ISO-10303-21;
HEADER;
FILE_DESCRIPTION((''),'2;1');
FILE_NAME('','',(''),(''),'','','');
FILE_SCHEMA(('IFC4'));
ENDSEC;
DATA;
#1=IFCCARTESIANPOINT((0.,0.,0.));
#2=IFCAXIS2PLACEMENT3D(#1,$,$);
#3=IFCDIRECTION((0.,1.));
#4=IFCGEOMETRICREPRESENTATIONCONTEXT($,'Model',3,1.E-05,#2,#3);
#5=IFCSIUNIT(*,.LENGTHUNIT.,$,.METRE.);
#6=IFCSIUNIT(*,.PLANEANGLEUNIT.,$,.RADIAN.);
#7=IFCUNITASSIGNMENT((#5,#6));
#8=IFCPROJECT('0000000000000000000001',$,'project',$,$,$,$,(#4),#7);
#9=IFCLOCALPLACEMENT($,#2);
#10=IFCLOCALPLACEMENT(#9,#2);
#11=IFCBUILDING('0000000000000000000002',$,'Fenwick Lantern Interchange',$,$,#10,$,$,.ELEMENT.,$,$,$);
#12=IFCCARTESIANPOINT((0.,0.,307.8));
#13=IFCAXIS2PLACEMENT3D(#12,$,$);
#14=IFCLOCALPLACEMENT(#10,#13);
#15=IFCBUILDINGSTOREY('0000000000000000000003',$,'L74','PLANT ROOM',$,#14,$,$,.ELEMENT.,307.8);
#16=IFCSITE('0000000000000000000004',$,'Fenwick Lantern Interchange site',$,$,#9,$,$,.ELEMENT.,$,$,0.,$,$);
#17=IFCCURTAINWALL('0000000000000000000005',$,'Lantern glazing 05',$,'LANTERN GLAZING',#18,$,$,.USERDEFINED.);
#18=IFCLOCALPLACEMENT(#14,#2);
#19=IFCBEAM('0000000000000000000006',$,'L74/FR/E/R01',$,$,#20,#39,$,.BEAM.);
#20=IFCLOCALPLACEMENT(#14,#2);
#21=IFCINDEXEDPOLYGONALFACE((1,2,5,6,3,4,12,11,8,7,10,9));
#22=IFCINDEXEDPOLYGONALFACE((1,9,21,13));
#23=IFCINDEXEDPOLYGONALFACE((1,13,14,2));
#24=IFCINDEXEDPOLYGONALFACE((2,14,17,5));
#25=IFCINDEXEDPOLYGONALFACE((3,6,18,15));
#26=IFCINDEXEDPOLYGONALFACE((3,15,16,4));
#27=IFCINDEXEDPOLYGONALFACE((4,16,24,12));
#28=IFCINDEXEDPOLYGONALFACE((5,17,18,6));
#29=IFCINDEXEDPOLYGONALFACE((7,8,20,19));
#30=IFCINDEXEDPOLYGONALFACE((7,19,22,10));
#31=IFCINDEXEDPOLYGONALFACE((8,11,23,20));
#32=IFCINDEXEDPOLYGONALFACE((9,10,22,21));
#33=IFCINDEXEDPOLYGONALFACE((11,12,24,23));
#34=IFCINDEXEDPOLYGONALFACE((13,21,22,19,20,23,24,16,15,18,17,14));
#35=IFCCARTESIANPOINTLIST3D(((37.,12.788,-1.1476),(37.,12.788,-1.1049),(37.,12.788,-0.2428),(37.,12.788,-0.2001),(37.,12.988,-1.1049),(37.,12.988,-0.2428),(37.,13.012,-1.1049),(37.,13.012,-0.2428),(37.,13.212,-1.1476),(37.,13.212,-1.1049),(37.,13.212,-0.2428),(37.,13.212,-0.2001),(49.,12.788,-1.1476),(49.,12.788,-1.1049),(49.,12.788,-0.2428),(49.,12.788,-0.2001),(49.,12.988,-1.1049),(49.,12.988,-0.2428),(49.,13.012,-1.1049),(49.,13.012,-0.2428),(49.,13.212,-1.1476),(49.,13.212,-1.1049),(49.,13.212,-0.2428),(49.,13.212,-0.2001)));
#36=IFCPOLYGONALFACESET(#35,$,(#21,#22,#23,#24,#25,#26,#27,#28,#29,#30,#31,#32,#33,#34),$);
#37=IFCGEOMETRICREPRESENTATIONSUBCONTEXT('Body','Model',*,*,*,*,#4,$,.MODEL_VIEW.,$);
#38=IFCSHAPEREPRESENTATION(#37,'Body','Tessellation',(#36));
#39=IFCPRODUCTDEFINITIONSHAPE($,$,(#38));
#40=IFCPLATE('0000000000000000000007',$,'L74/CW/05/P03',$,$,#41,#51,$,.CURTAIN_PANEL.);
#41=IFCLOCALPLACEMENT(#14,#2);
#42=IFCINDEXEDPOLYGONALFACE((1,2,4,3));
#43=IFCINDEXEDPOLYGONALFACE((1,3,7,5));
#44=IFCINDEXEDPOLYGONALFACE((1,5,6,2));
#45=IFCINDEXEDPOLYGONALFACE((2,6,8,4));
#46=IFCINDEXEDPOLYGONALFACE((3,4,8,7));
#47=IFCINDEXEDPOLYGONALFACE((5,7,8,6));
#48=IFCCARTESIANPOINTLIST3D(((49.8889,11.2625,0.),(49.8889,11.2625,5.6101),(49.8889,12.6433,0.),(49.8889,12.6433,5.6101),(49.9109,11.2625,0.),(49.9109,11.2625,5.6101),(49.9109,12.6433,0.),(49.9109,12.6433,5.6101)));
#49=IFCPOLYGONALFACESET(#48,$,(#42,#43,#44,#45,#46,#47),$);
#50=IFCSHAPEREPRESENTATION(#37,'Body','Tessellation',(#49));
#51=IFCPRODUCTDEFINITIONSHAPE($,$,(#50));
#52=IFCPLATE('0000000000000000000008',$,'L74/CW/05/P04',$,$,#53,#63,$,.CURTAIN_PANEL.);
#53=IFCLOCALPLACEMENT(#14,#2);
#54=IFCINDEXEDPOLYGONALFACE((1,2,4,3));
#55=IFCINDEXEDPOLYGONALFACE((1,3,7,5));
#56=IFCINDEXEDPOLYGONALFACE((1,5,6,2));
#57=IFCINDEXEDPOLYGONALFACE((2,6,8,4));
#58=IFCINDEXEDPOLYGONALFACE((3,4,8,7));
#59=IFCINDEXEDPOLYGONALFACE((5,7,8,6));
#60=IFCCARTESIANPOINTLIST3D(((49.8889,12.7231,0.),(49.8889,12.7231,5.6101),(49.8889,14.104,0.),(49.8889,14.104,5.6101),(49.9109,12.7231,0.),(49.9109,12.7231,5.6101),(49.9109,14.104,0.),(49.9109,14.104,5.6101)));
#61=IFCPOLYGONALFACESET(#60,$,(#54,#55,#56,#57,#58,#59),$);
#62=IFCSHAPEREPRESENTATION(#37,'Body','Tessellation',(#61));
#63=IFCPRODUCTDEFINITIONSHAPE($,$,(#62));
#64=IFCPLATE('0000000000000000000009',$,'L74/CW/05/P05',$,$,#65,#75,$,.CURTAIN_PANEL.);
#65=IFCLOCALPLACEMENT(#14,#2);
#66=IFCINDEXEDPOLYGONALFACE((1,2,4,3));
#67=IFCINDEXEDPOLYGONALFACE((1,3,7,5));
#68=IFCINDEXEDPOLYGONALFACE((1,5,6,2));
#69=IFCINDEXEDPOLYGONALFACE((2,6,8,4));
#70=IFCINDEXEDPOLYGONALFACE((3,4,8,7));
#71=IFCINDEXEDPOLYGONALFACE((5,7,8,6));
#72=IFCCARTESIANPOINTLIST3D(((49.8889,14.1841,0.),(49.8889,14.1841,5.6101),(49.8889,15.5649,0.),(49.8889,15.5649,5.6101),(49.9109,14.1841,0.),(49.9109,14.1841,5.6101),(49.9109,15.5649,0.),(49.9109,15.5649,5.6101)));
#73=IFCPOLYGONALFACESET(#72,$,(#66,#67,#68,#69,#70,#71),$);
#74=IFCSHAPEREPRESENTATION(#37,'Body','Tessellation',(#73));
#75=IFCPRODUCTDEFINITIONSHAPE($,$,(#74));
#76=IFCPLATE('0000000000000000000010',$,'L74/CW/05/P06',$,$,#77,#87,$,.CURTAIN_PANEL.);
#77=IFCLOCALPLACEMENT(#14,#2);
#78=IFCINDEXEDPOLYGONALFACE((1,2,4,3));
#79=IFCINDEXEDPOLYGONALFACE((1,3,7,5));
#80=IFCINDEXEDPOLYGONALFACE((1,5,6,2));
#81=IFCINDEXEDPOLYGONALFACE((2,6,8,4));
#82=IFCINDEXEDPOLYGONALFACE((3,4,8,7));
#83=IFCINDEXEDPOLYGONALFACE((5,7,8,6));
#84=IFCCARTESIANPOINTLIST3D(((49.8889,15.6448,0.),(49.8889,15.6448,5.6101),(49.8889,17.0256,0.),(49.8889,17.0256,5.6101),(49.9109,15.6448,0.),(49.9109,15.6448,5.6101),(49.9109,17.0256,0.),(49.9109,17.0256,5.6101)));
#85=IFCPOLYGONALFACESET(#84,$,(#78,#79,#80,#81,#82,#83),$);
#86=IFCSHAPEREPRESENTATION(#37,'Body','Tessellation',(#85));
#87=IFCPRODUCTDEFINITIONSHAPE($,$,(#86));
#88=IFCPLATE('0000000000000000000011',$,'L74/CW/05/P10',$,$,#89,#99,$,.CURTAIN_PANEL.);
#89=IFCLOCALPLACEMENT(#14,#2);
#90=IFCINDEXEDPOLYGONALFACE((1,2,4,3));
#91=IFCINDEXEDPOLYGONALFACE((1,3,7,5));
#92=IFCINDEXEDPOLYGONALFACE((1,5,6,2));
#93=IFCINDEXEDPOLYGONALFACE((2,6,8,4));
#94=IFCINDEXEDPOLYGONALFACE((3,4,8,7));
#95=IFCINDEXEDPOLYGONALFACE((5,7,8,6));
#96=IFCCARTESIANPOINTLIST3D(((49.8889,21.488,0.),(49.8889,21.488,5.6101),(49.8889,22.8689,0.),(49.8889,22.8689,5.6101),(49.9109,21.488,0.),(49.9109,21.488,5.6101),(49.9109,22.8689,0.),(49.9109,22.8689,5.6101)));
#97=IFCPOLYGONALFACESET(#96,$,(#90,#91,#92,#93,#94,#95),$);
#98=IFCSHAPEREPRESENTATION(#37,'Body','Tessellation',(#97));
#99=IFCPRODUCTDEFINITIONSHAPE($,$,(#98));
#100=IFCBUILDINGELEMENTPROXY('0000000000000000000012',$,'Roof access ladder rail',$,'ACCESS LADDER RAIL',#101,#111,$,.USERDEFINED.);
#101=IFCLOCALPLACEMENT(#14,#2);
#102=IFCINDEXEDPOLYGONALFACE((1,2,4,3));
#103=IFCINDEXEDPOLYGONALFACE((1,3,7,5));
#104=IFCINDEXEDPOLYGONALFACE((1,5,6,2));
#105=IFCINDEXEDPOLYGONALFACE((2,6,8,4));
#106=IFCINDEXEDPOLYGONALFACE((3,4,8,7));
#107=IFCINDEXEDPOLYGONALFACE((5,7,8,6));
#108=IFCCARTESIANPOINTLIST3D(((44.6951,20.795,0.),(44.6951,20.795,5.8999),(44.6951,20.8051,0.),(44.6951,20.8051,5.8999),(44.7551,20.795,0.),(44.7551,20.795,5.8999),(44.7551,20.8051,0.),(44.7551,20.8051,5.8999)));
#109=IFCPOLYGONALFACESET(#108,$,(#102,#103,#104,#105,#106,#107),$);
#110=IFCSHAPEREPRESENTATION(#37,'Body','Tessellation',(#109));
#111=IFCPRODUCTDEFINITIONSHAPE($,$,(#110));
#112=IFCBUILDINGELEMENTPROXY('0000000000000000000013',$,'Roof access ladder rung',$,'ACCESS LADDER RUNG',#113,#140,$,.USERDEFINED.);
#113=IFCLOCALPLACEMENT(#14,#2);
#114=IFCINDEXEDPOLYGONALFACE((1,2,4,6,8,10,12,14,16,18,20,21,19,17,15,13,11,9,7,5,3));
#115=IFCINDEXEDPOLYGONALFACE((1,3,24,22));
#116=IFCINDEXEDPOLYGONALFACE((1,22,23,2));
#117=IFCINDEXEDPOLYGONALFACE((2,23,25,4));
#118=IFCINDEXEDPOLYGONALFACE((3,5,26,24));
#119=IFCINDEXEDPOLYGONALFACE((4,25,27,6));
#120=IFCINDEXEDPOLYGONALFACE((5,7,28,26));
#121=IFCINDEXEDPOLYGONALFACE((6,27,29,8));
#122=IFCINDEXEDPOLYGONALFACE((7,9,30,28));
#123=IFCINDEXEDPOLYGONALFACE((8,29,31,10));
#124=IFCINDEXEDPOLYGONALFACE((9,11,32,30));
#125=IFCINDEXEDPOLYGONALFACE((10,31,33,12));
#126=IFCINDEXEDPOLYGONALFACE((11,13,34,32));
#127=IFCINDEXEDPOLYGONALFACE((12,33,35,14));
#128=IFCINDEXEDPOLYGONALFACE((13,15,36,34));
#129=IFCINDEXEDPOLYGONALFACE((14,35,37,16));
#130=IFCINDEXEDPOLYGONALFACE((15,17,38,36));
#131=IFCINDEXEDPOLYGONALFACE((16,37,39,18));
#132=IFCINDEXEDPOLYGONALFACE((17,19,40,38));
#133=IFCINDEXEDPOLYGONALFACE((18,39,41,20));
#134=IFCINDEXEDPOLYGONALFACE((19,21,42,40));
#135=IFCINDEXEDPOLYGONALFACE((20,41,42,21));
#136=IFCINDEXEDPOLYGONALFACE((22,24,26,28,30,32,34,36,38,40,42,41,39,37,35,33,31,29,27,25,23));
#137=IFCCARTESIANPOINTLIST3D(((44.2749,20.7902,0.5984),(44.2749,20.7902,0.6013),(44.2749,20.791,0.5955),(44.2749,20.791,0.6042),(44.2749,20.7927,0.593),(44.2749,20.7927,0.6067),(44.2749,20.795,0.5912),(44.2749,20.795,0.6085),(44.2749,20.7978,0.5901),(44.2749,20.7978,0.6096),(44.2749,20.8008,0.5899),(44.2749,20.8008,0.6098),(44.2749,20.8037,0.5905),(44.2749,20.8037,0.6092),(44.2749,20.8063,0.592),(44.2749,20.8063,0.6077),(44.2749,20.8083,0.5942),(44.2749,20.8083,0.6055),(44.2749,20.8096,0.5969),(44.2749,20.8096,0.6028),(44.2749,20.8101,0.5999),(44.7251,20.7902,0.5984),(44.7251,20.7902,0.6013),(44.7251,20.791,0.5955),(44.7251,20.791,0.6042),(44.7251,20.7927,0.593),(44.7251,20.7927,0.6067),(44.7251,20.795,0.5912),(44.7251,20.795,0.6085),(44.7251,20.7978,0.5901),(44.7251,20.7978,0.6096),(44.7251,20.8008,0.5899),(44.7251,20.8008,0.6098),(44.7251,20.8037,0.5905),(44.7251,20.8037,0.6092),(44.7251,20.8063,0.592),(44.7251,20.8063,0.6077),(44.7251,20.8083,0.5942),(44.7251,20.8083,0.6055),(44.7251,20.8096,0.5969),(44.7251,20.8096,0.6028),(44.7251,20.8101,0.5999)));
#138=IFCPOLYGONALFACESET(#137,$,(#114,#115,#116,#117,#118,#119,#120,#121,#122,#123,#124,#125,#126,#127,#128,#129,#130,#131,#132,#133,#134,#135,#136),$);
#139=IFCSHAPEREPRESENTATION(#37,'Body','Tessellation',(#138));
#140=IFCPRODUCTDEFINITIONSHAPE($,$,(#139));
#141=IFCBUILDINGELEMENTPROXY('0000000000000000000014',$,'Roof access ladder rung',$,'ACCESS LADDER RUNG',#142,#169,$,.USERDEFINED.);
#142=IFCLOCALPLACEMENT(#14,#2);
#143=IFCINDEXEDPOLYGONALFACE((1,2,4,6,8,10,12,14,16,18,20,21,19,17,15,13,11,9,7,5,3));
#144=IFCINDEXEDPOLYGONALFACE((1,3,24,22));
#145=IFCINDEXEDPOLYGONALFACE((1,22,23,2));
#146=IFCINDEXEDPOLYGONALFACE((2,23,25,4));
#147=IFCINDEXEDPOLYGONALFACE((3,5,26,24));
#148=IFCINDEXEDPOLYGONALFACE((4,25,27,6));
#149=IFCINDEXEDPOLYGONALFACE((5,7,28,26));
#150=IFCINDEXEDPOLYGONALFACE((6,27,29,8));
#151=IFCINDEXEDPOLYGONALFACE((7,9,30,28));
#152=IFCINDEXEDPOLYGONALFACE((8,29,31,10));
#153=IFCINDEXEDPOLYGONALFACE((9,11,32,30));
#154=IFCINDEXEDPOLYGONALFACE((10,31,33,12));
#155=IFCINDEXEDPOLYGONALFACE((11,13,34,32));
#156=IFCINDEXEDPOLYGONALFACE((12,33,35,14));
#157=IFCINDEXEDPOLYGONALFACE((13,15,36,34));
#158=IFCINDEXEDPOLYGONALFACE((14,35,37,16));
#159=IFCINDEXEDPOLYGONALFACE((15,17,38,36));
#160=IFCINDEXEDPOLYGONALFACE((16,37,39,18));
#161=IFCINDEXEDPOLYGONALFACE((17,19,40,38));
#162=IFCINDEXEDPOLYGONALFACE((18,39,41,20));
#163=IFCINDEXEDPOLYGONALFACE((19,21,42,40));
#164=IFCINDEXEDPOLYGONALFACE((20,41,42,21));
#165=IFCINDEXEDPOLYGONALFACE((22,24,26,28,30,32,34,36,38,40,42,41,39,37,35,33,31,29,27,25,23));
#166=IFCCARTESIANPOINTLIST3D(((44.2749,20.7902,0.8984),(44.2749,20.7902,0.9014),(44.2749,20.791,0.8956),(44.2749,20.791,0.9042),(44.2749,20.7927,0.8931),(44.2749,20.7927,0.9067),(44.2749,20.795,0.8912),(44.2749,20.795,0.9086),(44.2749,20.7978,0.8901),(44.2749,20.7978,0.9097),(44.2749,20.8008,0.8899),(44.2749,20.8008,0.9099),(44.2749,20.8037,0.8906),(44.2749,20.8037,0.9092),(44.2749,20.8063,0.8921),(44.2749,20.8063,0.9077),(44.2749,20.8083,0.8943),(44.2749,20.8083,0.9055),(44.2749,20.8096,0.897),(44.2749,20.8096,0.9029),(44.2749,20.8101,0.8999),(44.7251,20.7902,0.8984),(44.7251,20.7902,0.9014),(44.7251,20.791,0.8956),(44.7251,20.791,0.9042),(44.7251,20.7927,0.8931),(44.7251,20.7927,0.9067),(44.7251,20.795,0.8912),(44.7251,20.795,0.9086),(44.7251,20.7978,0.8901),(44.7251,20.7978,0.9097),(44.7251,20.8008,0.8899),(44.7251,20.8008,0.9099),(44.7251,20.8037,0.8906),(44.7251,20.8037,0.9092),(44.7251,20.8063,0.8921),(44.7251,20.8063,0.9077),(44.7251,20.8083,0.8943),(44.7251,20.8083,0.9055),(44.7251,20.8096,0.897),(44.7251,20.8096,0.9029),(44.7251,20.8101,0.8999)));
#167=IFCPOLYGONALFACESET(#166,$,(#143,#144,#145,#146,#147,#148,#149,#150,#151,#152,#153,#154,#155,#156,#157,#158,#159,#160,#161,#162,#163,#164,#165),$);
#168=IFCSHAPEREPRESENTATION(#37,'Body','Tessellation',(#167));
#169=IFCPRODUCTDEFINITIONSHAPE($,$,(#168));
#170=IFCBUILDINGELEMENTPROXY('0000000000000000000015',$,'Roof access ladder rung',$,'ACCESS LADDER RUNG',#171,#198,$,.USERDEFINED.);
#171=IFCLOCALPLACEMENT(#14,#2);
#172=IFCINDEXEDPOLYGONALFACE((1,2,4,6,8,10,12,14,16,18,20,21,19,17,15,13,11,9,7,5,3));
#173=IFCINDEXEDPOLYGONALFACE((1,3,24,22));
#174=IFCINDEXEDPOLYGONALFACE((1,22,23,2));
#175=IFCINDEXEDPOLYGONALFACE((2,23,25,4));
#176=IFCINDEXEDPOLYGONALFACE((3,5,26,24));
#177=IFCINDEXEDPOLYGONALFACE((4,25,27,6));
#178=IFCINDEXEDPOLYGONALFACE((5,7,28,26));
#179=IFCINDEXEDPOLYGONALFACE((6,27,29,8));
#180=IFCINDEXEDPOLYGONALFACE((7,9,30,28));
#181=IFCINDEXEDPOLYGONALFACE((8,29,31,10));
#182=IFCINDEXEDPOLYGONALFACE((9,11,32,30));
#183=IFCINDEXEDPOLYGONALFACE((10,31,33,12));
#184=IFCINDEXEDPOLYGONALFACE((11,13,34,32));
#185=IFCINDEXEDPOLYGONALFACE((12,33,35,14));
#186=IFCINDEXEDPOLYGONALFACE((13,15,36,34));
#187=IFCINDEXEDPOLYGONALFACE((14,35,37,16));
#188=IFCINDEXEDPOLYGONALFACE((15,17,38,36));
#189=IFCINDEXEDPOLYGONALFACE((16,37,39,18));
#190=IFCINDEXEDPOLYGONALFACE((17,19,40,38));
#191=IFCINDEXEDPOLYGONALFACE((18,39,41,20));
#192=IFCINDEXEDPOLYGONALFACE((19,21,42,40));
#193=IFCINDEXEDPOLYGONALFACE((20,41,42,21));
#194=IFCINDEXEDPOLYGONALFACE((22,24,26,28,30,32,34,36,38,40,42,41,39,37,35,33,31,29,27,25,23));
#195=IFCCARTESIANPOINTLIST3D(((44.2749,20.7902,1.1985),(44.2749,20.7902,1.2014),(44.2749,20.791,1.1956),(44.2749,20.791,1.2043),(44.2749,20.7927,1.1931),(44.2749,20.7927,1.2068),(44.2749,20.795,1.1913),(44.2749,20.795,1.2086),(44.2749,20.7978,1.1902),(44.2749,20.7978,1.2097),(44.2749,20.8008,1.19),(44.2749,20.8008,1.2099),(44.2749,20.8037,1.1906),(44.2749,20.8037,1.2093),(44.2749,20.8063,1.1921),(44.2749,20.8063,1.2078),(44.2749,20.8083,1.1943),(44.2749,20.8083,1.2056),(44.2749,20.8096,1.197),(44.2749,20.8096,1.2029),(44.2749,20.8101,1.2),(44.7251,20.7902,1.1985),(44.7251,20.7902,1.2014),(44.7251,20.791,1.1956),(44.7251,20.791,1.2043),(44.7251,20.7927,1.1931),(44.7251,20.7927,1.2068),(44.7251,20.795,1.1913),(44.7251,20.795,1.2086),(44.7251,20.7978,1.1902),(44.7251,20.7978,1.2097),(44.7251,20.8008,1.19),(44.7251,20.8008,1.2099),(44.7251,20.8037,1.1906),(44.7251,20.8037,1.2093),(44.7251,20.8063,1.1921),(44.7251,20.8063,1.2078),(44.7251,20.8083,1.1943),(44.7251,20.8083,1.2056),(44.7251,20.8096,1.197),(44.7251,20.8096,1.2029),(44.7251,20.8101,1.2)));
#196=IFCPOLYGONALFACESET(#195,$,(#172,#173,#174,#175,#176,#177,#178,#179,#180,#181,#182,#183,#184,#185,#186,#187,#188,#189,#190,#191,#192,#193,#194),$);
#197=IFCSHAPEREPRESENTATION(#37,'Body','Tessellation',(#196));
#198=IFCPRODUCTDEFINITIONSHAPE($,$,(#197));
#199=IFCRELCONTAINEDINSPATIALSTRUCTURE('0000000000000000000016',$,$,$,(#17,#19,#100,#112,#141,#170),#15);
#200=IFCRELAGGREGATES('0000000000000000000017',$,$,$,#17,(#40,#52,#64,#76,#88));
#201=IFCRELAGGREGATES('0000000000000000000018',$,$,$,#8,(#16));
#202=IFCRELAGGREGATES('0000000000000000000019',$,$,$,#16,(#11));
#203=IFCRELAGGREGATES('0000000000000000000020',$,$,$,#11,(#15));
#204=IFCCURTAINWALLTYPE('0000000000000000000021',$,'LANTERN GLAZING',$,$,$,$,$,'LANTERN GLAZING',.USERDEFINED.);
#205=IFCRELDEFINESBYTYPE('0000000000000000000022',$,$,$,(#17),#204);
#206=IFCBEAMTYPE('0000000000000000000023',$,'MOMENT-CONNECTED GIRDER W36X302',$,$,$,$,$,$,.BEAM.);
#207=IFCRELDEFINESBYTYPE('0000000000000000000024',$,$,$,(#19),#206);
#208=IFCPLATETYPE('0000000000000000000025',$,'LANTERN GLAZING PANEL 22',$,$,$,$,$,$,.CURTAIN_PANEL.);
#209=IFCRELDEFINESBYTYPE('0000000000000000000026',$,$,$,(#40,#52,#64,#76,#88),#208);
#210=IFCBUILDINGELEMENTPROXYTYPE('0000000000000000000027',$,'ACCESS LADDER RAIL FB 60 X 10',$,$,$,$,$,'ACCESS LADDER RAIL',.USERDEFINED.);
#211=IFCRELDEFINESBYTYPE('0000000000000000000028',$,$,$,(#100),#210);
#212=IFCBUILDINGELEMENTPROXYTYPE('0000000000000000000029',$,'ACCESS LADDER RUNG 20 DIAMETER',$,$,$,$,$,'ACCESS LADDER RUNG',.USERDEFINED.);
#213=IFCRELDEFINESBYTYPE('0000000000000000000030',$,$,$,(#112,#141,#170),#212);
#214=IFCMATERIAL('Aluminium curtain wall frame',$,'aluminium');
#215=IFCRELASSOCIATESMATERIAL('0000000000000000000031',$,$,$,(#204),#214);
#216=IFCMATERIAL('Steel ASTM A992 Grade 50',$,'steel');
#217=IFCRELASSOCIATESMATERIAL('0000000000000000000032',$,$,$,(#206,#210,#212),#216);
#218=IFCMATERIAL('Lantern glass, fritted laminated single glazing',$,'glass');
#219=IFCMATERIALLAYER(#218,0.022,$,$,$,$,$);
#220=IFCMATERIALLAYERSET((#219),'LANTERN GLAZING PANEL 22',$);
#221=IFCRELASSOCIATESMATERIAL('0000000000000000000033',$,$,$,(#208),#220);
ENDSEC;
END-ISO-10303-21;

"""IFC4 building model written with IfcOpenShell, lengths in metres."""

from ifc_helpers import new_model, si_unit, direction, frame, origin, origin_2d, place, context, subcontext, project, spatial, rectangle, circle, i_section, extrude, material, layer, layer_set, material_profile, profile_set, type_object, element, aggregate, save


model = new_model("IFC4")

# Units and contexts
model_context = context("Model", 3, precision=1e-05, world=origin(), true_north=direction((0.0, 1.0)))
body_context = subcontext(model_context, "Body", "Model", "MODEL_VIEW")
ifc_project = project(units=[si_unit("LENGTHUNIT", "METRE"), si_unit("PLANEANGLEUNIT", "RADIAN")], contexts=[model_context])

# Site, building, storey
site_placement = place(None, origin())
site = spatial("IfcSite", under=ifc_project, at=site_placement, Name="Fenwick Lantern Interchange site", CompositionType="ELEMENT", RefElevation=0.0)
building_placement = place(site_placement, origin())
building = spatial("IfcBuilding", under=site, at=building_placement, Name="Fenwick Lantern Interchange", CompositionType="ELEMENT")
storey_placement = place(building_placement, frame((0.0, 0.0, 307.8)))
storey = spatial("IfcBuildingStorey", under=building, at=storey_placement, Name="L74", Description="PLANT ROOM", CompositionType="ELEMENT", Elevation=307.8)

# Shared definitions
ifc_material_1 = material(Name="Steel ASTM A992 Grade 50", Category="steel")

# Curtain wall
ifc_material_2 = material(Name="Aluminium curtain wall frame", Category="aluminium")
curtain_wall_type = type_object("IfcCurtainWallType", Name="LANTERN GLAZING", ElementType="LANTERN GLAZING", PredefinedType="USERDEFINED", material=ifc_material_2)
curtain_wall_placement = place(storey_placement, origin())
curtain_wall = element("IfcCurtainWall", 1, at=curtain_wall_placement, inside=storey, type_object=curtain_wall_type, Name="Lantern glazing 05", ObjectType="LANTERN GLAZING", PredefinedType="USERDEFINED")

# Beam
ifc_material_profile_1 = material_profile(ifc_material_1, i_section(OverallWidth=0.4241, OverallDepth=0.9475, WebThickness=0.0239, FlangeThickness=0.0427, at=origin_2d()), Name="W36X302")
ifc_profile_set_1 = profile_set([ifc_material_profile_1], Name="Steel ASTM A992 Grade 50")
beam_type_1 = type_object("IfcBeamType", Name="MOMENT-CONNECTED GIRDER W36X302", PredefinedType="BEAM", material=ifc_profile_set_1)
beam_1_placement = place(storey_placement, frame((49.0, 13.0, -0.6738), z_axis=(-1.0, 0.0, 0.0), x_axis=(0.0, -1.0, 0.0)))
element("IfcBeam", 2, at=beam_1_placement, inside=storey, type_object=beam_type_1, Name="L74/FR/E/R01", PredefinedType="BEAM", context=body_context, shape_type="SweptSolid", body=[
    extrude(i_section(OverallWidth=0.4241, OverallDepth=0.9475, WebThickness=0.0239, FlangeThickness=0.0427, at=origin_2d()), origin(), (0.0, 0.0, 1.0), 12.0),
])

# Plates
ifc_material_3 = material(Name="Lantern glass, fritted laminated single glazing", Category="glass")
ifc_layer = layer(ifc_material_3, 0.022)
ifc_layer_set = layer_set([ifc_layer], Name="LANTERN GLAZING PANEL 22")
plate_type = type_object("IfcPlateType", Name="LANTERN GLAZING PANEL 22", PredefinedType="CURTAIN_PANEL", material=ifc_layer_set)
plate_1_placement = place(storey_placement, frame((49.8999, 11.9529, 0.0), z_axis=(0.0, 0.0, 1.0), x_axis=(0.0, 1.0, 0.0)))
plate_1 = element("IfcPlate", 3, at=plate_1_placement, type_object=plate_type, Name="L74/CW/05/P03", PredefinedType="CURTAIN_PANEL", context=body_context, shape_type="SweptSolid", body=[
    extrude(rectangle(XDim=1.3809, YDim=0.022, at=origin_2d()), origin(), (0.0, 0.0, 1.0), 5.6101),
])
plate_2_placement = place(storey_placement, frame((49.8999, 13.4136, 0.0), z_axis=(0.0, 0.0, 1.0), x_axis=(0.0, 1.0, 0.0)))
plate_2 = element("IfcPlate", 4, at=plate_2_placement, type_object=plate_type, Name="L74/CW/05/P04", PredefinedType="CURTAIN_PANEL", context=body_context, shape_type="SweptSolid", body=[
    extrude(rectangle(XDim=1.3809, YDim=0.022, at=origin_2d()), origin(), (0.0, 0.0, 1.0), 5.6101),
])
plate_3_placement = place(storey_placement, frame((49.8999, 14.8745, 0.0), z_axis=(0.0, 0.0, 1.0), x_axis=(0.0, 1.0, 0.0)))
plate_3 = element("IfcPlate", 5, at=plate_3_placement, type_object=plate_type, Name="L74/CW/05/P05", PredefinedType="CURTAIN_PANEL", context=body_context, shape_type="SweptSolid", body=[
    extrude(rectangle(XDim=1.3809, YDim=0.022, at=origin_2d()), origin(), (0.0, 0.0, 1.0), 5.6101),
])
plate_4_placement = place(storey_placement, frame((49.8999, 16.3352, 0.0), z_axis=(0.0, 0.0, 1.0), x_axis=(0.0, 1.0, 0.0)))
plate_4 = element("IfcPlate", 6, at=plate_4_placement, type_object=plate_type, Name="L74/CW/05/P06", PredefinedType="CURTAIN_PANEL", context=body_context, shape_type="SweptSolid", body=[
    extrude(rectangle(XDim=1.3809, YDim=0.022, at=origin_2d()), origin(), (0.0, 0.0, 1.0), 5.6101),
])
plate_5_placement = place(storey_placement, frame((49.8999, 22.1785, 0.0), z_axis=(0.0, 0.0, 1.0), x_axis=(0.0, 1.0, 0.0)))
plate_5 = element("IfcPlate", 7, at=plate_5_placement, type_object=plate_type, Name="L74/CW/05/P10", PredefinedType="CURTAIN_PANEL", context=body_context, shape_type="SweptSolid", body=[
    extrude(rectangle(XDim=1.3809, YDim=0.022, at=origin_2d()), origin(), (0.0, 0.0, 1.0), 5.6101),
])
aggregate(curtain_wall, [plate_1, plate_2, plate_3, plate_4, plate_5])

# Building element proxies
ifc_material_profile_2 = material_profile(ifc_material_1, rectangle(XDim=0.0601, YDim=0.01, at=origin_2d()), Name="FB60X10")
ifc_profile_set_2 = profile_set([ifc_material_profile_2], Name="Steel ASTM A992 Grade 50")
building_element_proxy_type_1 = type_object("IfcBuildingElementProxyType", Name="ACCESS LADDER RAIL FB 60 X 10", ElementType="ACCESS LADDER RAIL", PredefinedType="USERDEFINED", material=ifc_profile_set_2)
proxy_placement = place(storey_placement, frame((44.7251, 20.8, 0.0), z_axis=(0.0, 0.0, 1.0), x_axis=(1.0, 0.0, 0.0)))
element("IfcBuildingElementProxy", 8, at=proxy_placement, inside=storey, type_object=building_element_proxy_type_1, Name="Roof access ladder rail", ObjectType="ACCESS LADDER RAIL", PredefinedType="USERDEFINED", context=body_context, shape_type="SweptSolid", body=[
    extrude(rectangle(XDim=0.0601, YDim=0.01, at=origin_2d()), origin(), (0.0, 0.0, 1.0), 5.8999),
])
ifc_material_profile_3 = material_profile(ifc_material_1, circle(Radius=0.01, at=origin_2d()), Name="RB20")
ifc_profile_set_3 = profile_set([ifc_material_profile_3], Name="Steel ASTM A992 Grade 50")
building_element_proxy_type_2 = type_object("IfcBuildingElementProxyType", Name="ACCESS LADDER RUNG 20 DIAMETER", ElementType="ACCESS LADDER RUNG", PredefinedType="USERDEFINED", material=ifc_profile_set_3)
for number, where, z_axis, x_axis, name in (
    (9, (44.2749, 20.8, 0.5999), (1.0, 0.0, 0.0), (0.0, 1.0, 0.0), "Roof access ladder rung"),
    (10, (44.2749, 20.8, 0.8999), (1.0, 0.0, 0.0), (0.0, 1.0, 0.0), "Roof access ladder rung"),
    (11, (44.2749, 20.8, 1.2), (1.0, 0.0, 0.0), (0.0, 1.0, 0.0), "Roof access ladder rung"),
):
    element("IfcBuildingElementProxy", number, at=place(storey_placement, frame(where, z_axis=z_axis, x_axis=x_axis)), inside=storey, type_object=building_element_proxy_type_2, Name=name, ObjectType="ACCESS LADDER RUNG", PredefinedType="USERDEFINED", context=body_context, shape_type="SweptSolid", body=[
        extrude(circle(Radius=0.01, at=origin_2d()), origin(), (0.0, 0.0, 1.0), 0.4502),
    ])

save(model, "model.ifc")
